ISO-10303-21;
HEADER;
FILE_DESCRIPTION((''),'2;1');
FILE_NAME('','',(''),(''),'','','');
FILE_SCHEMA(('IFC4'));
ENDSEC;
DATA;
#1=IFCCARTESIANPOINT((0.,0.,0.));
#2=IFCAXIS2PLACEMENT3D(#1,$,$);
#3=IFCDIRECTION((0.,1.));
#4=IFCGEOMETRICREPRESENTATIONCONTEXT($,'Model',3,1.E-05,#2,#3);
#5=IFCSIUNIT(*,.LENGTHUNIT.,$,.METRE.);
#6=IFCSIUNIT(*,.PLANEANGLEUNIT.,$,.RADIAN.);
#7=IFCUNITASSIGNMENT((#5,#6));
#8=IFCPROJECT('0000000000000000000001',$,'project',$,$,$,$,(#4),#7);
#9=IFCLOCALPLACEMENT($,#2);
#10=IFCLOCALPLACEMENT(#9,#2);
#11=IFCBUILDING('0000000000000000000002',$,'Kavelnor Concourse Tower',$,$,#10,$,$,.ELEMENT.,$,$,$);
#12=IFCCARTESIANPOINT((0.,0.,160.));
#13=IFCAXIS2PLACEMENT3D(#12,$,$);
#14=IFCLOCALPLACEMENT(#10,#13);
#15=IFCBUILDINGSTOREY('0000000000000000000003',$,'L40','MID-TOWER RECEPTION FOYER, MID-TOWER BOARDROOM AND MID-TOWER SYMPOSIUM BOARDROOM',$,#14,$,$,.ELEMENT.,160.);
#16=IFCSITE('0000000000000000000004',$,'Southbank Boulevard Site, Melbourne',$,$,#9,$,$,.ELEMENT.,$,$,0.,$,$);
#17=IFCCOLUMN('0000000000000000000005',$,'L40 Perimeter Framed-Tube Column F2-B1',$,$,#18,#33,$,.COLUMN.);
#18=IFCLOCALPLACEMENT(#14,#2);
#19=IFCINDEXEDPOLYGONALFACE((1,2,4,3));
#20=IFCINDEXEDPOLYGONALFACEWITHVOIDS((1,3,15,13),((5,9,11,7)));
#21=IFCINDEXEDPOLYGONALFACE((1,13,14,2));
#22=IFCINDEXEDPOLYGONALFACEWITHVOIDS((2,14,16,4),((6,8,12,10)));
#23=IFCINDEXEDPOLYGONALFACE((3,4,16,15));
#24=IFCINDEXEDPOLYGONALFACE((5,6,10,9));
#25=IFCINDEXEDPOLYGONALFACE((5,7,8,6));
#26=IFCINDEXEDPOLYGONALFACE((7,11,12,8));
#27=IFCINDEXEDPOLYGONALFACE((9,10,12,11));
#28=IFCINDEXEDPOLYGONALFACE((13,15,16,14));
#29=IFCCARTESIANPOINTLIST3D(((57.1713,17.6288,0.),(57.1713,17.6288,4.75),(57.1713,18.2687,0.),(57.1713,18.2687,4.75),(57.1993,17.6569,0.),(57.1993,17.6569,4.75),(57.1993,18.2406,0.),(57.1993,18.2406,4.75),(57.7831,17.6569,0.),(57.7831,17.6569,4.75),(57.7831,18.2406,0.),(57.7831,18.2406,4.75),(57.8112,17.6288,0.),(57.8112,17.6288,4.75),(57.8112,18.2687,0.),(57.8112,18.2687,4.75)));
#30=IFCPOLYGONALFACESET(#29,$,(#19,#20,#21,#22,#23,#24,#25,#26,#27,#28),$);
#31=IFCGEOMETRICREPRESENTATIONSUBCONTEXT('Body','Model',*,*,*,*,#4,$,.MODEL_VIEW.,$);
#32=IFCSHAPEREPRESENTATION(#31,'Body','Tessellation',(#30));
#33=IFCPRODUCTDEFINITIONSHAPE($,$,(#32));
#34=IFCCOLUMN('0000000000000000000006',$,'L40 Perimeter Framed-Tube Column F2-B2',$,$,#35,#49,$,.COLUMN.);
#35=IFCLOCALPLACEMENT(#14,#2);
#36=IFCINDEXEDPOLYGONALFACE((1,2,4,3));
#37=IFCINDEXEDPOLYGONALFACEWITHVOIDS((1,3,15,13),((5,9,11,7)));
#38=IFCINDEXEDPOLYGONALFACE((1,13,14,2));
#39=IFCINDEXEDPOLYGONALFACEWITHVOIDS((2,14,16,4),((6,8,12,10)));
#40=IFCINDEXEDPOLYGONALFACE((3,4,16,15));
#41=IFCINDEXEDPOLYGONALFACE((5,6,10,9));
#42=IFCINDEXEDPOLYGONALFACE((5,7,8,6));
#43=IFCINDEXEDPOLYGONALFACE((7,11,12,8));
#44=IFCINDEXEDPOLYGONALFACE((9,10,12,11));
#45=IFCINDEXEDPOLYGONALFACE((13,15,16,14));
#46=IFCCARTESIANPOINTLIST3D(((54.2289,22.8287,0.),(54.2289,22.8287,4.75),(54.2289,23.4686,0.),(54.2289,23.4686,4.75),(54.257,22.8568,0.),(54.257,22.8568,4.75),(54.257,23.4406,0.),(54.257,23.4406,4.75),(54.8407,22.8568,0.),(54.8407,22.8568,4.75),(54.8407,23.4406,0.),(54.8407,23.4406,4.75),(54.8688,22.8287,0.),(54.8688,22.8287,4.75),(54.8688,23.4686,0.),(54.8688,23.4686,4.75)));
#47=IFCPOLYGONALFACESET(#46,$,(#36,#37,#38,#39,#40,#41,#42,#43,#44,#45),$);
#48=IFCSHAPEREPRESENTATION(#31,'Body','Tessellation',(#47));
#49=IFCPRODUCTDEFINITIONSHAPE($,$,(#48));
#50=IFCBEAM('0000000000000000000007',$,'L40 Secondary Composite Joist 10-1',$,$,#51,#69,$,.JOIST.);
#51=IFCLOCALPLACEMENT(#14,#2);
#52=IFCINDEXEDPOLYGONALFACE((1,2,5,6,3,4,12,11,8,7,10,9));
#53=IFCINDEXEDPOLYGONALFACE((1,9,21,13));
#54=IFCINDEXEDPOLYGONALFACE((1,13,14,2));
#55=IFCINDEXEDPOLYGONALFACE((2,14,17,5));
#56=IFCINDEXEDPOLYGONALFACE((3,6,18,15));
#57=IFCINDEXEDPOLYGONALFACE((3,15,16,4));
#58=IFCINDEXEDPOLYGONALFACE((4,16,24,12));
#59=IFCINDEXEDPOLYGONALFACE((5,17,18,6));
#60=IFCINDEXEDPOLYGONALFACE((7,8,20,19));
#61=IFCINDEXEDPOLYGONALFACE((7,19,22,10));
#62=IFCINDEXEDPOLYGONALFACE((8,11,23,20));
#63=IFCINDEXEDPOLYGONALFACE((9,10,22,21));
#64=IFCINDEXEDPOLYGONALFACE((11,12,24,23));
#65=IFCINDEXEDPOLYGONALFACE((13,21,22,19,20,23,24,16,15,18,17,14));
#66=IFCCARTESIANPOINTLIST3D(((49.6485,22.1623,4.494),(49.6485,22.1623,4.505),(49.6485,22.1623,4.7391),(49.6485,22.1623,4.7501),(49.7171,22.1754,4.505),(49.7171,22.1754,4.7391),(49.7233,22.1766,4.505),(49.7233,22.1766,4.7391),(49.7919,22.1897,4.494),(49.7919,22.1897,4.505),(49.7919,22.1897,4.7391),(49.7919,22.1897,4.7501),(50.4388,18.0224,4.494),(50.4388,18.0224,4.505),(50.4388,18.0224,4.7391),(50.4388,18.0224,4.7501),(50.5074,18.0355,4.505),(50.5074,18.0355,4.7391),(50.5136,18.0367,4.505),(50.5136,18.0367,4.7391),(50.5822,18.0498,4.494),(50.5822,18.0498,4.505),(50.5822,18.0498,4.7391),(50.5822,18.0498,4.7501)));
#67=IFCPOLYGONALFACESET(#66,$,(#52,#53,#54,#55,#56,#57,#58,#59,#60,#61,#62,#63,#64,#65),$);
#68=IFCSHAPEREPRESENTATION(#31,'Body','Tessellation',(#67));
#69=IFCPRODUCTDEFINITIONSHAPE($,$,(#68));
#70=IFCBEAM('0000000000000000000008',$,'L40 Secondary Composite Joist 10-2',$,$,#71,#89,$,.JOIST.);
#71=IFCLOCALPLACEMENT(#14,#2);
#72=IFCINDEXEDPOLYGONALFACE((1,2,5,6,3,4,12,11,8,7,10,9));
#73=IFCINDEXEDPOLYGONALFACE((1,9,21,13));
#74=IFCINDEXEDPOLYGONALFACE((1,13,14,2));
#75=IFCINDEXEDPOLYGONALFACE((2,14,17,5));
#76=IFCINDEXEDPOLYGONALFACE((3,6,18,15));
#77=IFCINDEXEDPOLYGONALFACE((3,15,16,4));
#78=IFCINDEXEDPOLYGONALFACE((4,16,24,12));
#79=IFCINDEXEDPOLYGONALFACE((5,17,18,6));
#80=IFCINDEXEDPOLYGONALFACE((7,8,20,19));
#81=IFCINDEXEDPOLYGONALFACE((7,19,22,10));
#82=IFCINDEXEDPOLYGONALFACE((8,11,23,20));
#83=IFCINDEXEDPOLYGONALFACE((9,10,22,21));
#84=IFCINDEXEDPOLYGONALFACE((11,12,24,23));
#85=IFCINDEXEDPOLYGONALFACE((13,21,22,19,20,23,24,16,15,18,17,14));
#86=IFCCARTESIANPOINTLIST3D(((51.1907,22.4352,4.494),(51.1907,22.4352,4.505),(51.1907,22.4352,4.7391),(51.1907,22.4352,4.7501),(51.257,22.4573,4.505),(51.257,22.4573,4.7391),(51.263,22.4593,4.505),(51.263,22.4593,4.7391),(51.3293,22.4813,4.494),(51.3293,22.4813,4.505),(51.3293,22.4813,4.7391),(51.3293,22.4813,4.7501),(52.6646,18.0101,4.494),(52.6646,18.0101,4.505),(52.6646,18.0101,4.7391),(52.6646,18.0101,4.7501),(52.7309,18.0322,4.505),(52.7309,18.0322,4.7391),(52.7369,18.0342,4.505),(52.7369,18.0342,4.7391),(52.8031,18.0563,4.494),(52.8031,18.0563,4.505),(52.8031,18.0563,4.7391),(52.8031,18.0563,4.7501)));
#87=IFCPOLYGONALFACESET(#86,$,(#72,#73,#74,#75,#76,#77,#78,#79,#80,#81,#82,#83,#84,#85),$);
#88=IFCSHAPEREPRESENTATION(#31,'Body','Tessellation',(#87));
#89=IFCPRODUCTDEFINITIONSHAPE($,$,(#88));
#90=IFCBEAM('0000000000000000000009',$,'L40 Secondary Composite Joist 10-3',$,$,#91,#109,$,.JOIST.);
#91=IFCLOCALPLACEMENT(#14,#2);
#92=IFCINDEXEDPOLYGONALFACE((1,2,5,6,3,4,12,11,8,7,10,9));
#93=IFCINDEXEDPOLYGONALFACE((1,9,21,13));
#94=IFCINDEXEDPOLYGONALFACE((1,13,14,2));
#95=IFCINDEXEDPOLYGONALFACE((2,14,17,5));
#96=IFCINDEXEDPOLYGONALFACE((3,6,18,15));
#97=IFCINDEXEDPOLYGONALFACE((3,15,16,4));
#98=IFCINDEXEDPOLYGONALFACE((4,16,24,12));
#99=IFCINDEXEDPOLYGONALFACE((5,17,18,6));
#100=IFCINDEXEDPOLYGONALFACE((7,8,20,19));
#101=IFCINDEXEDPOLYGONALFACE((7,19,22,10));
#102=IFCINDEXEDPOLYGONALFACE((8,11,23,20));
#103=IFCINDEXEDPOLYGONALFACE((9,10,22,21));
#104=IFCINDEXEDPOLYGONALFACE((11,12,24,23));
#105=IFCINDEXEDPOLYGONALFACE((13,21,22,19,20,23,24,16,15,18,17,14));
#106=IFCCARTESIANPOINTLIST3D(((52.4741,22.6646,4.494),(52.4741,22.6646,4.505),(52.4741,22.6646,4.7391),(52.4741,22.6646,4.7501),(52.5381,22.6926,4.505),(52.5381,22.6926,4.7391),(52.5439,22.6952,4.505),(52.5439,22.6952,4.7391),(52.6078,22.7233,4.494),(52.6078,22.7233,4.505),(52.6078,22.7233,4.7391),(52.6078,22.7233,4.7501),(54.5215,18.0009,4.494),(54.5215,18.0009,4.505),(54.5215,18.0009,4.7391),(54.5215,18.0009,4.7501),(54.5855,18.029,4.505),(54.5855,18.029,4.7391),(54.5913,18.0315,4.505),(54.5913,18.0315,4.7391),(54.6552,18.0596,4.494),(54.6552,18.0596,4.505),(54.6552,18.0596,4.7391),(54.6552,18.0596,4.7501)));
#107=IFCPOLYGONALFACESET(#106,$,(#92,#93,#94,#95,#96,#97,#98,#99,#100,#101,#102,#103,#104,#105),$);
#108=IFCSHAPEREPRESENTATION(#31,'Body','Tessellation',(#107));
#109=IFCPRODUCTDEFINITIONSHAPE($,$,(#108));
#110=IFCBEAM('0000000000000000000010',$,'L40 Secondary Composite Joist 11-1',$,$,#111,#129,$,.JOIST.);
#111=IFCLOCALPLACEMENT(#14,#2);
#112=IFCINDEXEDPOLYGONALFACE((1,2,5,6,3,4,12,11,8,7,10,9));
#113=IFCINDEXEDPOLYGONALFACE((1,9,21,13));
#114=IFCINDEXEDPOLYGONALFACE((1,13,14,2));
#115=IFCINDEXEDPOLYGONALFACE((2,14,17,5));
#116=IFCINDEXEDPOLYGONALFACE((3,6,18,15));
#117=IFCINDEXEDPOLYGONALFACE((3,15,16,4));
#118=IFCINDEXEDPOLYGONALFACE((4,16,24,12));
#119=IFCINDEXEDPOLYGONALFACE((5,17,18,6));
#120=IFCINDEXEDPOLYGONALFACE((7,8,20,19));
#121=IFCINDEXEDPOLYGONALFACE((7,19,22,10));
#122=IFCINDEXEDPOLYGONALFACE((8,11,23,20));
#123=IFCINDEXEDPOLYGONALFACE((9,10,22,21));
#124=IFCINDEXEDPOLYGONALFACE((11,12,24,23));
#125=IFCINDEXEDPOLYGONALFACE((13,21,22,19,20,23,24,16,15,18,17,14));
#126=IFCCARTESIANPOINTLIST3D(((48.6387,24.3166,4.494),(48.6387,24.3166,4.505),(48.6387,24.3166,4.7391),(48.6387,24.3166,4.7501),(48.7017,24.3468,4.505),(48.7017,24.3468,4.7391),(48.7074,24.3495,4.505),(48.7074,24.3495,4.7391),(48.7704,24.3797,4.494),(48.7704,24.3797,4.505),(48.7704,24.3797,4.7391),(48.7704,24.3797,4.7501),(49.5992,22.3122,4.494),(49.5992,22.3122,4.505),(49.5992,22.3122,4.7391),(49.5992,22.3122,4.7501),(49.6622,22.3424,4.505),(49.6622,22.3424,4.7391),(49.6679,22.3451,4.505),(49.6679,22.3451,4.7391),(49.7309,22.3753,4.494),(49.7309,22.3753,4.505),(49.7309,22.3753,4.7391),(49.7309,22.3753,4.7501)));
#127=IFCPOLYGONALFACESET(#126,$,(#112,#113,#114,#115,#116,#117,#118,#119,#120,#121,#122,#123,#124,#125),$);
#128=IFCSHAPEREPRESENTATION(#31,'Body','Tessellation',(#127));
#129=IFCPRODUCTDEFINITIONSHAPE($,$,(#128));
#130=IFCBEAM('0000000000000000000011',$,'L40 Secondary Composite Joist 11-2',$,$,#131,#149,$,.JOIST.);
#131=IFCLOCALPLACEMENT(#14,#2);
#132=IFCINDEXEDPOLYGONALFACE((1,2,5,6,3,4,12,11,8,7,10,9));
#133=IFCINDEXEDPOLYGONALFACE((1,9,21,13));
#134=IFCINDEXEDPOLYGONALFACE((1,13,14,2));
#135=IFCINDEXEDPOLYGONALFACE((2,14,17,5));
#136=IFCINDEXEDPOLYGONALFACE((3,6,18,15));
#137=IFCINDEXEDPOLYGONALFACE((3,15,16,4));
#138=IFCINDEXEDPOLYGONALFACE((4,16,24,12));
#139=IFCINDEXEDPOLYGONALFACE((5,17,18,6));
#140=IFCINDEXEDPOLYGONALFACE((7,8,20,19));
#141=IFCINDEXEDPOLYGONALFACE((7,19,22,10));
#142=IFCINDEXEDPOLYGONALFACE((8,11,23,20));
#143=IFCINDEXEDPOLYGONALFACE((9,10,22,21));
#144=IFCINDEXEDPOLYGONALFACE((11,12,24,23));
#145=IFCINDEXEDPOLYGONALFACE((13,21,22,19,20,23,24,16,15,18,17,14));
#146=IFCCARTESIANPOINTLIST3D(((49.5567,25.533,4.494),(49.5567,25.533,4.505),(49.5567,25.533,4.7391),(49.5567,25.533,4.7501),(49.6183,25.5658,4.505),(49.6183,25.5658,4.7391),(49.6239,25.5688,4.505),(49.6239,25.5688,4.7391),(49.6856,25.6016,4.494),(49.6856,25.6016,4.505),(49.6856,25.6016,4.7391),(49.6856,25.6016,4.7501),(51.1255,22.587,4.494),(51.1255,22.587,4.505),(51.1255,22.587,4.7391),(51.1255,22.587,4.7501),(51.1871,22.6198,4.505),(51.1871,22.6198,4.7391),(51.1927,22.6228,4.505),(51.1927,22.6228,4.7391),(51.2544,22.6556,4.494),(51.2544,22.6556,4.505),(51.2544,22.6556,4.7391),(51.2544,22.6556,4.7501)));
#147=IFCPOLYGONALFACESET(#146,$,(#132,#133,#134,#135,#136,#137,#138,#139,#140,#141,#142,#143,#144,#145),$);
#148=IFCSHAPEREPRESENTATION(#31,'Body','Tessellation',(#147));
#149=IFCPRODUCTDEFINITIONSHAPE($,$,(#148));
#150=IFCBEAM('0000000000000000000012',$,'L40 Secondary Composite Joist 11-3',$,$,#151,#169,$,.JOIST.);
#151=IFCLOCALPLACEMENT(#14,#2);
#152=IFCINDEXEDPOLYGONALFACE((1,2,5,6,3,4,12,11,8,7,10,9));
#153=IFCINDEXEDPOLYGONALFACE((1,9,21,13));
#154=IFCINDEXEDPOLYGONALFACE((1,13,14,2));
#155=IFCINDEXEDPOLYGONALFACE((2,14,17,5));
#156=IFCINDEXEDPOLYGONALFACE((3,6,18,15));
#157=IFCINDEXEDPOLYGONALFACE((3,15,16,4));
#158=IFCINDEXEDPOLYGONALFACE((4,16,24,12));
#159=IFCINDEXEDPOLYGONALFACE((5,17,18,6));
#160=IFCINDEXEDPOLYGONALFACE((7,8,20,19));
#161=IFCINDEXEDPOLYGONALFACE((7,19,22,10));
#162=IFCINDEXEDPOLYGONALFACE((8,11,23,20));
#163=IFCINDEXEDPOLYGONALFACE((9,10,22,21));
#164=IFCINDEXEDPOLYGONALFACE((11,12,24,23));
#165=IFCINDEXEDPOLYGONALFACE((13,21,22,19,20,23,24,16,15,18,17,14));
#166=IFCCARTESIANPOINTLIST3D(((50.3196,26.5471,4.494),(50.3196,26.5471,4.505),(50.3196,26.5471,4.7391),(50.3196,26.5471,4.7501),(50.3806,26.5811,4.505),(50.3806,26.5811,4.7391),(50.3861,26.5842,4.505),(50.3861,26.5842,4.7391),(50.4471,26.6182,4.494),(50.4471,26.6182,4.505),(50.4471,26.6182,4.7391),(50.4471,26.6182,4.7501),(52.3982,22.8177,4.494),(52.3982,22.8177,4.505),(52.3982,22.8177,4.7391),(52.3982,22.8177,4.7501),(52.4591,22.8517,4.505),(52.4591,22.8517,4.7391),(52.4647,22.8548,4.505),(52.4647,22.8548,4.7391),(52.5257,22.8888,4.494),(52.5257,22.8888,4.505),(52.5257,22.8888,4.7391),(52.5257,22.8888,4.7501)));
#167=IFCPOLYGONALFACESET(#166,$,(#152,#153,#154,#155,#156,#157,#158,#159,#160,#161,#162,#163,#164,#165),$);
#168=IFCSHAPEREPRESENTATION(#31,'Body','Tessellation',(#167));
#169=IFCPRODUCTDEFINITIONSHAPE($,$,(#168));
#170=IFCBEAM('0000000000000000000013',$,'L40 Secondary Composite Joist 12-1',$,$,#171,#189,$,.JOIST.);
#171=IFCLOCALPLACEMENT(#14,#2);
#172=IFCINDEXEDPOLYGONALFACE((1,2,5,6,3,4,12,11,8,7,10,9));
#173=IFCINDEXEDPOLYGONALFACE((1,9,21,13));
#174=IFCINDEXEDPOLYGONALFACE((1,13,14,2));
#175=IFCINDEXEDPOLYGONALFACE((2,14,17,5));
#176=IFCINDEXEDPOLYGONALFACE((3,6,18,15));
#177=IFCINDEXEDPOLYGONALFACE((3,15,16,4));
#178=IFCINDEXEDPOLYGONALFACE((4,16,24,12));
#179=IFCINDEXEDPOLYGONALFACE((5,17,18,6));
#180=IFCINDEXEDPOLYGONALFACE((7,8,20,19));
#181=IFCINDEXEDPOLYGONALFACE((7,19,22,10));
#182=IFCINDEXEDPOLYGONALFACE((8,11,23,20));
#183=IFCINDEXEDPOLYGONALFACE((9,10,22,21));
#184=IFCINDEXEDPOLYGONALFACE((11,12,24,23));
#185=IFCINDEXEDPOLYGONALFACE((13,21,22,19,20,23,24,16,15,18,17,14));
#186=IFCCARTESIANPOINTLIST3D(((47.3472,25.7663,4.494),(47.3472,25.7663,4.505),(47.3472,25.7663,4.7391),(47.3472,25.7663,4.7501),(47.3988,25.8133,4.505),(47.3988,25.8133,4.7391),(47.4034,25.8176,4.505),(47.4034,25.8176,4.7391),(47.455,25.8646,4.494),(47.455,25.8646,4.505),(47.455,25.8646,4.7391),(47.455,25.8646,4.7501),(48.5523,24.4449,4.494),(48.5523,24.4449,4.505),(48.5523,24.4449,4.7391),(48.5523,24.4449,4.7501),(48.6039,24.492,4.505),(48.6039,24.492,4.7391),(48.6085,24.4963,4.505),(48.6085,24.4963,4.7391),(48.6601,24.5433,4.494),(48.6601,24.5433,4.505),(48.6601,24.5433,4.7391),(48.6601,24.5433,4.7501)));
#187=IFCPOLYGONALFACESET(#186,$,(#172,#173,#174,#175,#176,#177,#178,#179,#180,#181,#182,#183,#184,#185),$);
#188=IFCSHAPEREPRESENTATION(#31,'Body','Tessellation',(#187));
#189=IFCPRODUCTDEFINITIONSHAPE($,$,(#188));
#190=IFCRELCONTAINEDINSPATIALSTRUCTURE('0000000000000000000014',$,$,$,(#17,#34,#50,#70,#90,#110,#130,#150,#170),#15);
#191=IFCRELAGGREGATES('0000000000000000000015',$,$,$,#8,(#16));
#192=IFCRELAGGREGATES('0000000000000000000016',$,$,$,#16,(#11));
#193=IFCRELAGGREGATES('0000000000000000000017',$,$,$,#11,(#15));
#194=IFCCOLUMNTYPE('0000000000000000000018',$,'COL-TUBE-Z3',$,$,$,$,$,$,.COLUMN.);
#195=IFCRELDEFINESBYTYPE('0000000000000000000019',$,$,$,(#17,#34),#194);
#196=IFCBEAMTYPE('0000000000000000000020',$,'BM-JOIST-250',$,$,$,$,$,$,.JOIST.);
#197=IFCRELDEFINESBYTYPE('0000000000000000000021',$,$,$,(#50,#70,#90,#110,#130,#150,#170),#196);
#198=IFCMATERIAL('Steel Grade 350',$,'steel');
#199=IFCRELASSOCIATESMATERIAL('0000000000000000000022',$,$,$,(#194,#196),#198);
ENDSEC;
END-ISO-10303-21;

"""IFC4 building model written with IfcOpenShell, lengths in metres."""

from ifc_helpers import new_model, si_unit, direction, frame, origin, origin_2d, place, context, subcontext, project, spatial, hollow_rectangle, i_section, extrude, material, material_profile, profile_set, type_object, element, save


model = new_model("IFC4")

# Units and contexts
model_context = context("Model", 3, precision=1e-05, world=origin(), true_north=direction((0.0, 1.0)))
body_context = subcontext(model_context, "Body", "Model", "MODEL_VIEW")
ifc_project = project(units=[si_unit("LENGTHUNIT", "METRE"), si_unit("PLANEANGLEUNIT", "RADIAN")], contexts=[model_context])

# Site, building, storey
site_placement = place(None, origin())
site = spatial("IfcSite", under=ifc_project, at=site_placement, Name="Southbank Boulevard Site, Melbourne", CompositionType="ELEMENT", RefElevation=0.0)
building_placement = place(site_placement, origin())
building = spatial("IfcBuilding", under=site, at=building_placement, Name="Kavelnor Concourse Tower", CompositionType="ELEMENT")
storey_placement = place(building_placement, frame((0.0, 0.0, 160.0)))
storey = spatial("IfcBuildingStorey", under=building, at=storey_placement, Name="L40", Description="MID-TOWER RECEPTION FOYER, MID-TOWER BOARDROOM AND MID-TOWER SYMPOSIUM BOARDROOM", CompositionType="ELEMENT", Elevation=160.0)

# Columns
ifc_material_1 = material(Name="Steel Grade 350", Category="steel")
ifc_material_profile_1 = material_profile(ifc_material_1, hollow_rectangle(XDim=0.6399, YDim=0.6399, WallThickness=0.0281, at=origin_2d()), Name="SHS 640x640x28")
ifc_profile_set_1 = profile_set([ifc_material_profile_1], Name="Steel Grade 350")
column_type = type_object("IfcColumnType", Name="COL-TUBE-Z3", PredefinedType="COLUMN", material=ifc_profile_set_1)
for number, where, z_axis, x_axis, name in (
    (1, (57.4912, 17.9487, 0.0), (0.0, 0.0, 1.0), (1.0, 0.0, 0.0), "L40 Perimeter Framed-Tube Column F2-B1"),
    (2, (54.5488, 23.1487, 0.0), (0.0, 0.0, 1.0), (1.0, 0.0, 0.0), "L40 Perimeter Framed-Tube Column F2-B2"),
):
    element("IfcColumn", number, at=place(storey_placement, frame(where, z_axis=z_axis, x_axis=x_axis)), inside=storey, type_object=column_type, Name=name, PredefinedType="COLUMN", context=body_context, shape_type="SweptSolid", body=[
        extrude(hollow_rectangle(XDim=0.6399, YDim=0.6399, WallThickness=0.0281, at=origin_2d()), origin(), (0.0, 0.0, 1.0), 4.75),
    ])

# Beams
ifc_material_profile_2 = material_profile(ifc_material_1, i_section(OverallWidth=0.146, OverallDepth=0.2561, WebThickness=0.0063, FlangeThickness=0.011, at=origin_2d()), Name="250UB37")
ifc_profile_set_2 = profile_set([ifc_material_profile_2], Name="Steel Grade 350")
beam_type_1 = type_object("IfcBeamType", Name="BM-JOIST-250", PredefinedType="JOIST", material=ifc_profile_set_2)
beam_1_placement = place(storey_placement, frame((50.5105, 18.0361, 4.6221), z_axis=(-0.187509, 0.982263, 0.0), x_axis=(-0.982263, -0.187509, 0.0)))
element("IfcBeam", 3, at=beam_1_placement, inside=storey, type_object=beam_type_1, Name="L40 Secondary Composite Joist 10-1", PredefinedType="JOIST", context=body_context, shape_type="SweptSolid", body=[
    extrude(i_section(OverallWidth=0.146, OverallDepth=0.2561, WebThickness=0.0063, FlangeThickness=0.011, at=origin_2d()), origin(), (0.0, 0.0, 1.0), 4.2146),
])
beam_2_placement = place(storey_placement, frame((52.7339, 18.0332, 4.6221), z_axis=(-0.316008, 0.948757, 0.0), x_axis=(-0.948757, -0.316008, 0.0)))
element("IfcBeam", 4, at=beam_2_placement, inside=storey, type_object=beam_type_1, Name="L40 Secondary Composite Joist 10-2", PredefinedType="JOIST", context=body_context, shape_type="SweptSolid", body=[
    extrude(i_section(OverallWidth=0.146, OverallDepth=0.2561, WebThickness=0.0063, FlangeThickness=0.011, at=origin_2d()), origin(), (0.0, 0.0, 1.0), 4.6641),
])
beam_3_placement = place(storey_placement, frame((54.5884, 18.0303, 4.6221), z_axis=(-0.40198, 0.915648, 0.0), x_axis=(-0.915648, -0.40198, 0.0)))
element("IfcBeam", 5, at=beam_3_placement, inside=storey, type_object=beam_type_1, Name="L40 Secondary Composite Joist 10-3", PredefinedType="JOIST", context=body_context, shape_type="SweptSolid", body=[
    extrude(i_section(OverallWidth=0.146, OverallDepth=0.2561, WebThickness=0.0063, FlangeThickness=0.011, at=origin_2d()), origin(), (0.0, 0.0, 1.0), 5.0933),
])
beam_4_placement = place(storey_placement, frame((49.665, 22.3438, 4.6221), z_axis=(-0.432124, 0.901814, 0.0), x_axis=(-0.901814, -0.432124, 0.0)))
element("IfcBeam", 6, at=beam_4_placement, inside=storey, type_object=beam_type_1, Name="L40 Secondary Composite Joist 11-1", PredefinedType="JOIST", context=body_context, shape_type="SweptSolid", body=[
    extrude(i_section(OverallWidth=0.146, OverallDepth=0.2561, WebThickness=0.0063, FlangeThickness=0.011, at=origin_2d()), origin(), (0.0, 0.0, 1.0), 2.2227),
])
beam_5_placement = place(storey_placement, frame((51.1899, 22.6213, 4.6221), z_axis=(-0.470034, 0.882648, 0.0), x_axis=(-0.882648, -0.470034, 0.0)))
element("IfcBeam", 7, at=beam_5_placement, inside=storey, type_object=beam_type_1, Name="L40 Secondary Composite Joist 11-2", PredefinedType="JOIST", context=body_context, shape_type="SweptSolid", body=[
    extrude(i_section(OverallWidth=0.146, OverallDepth=0.2561, WebThickness=0.0063, FlangeThickness=0.011, at=origin_2d()), origin(), (0.0, 0.0, 1.0), 3.3376),
])
beam_6_placement = place(storey_placement, frame((52.4619, 22.8533, 4.6221), z_axis=(-0.486837, 0.873493, 0.0), x_axis=(-0.873493, -0.486837, 0.0)))
element("IfcBeam", 8, at=beam_6_placement, inside=storey, type_object=beam_type_1, Name="L40 Secondary Composite Joist 11-3", PredefinedType="JOIST", context=body_context, shape_type="SweptSolid", body=[
    extrude(i_section(OverallWidth=0.146, OverallDepth=0.2561, WebThickness=0.0063, FlangeThickness=0.011, at=origin_2d()), origin(), (0.0, 0.0, 1.0), 4.2695),
])
beam_7_placement = place(storey_placement, frame((48.6062, 24.4941, 4.6221), z_axis=(-0.673868, 0.738852, 0.0), x_axis=(-0.738852, -0.673868, 0.0)))
element("IfcBeam", 9, at=beam_7_placement, inside=storey, type_object=beam_type_1, Name="L40 Secondary Composite Joist 12-1", PredefinedType="JOIST", context=body_context, shape_type="SweptSolid", body=[
    extrude(i_section(OverallWidth=0.146, OverallDepth=0.2561, WebThickness=0.0063, FlangeThickness=0.011, at=origin_2d()), origin(), (0.0, 0.0, 1.0), 1.7883),
])

save(model, "model.ifc")
